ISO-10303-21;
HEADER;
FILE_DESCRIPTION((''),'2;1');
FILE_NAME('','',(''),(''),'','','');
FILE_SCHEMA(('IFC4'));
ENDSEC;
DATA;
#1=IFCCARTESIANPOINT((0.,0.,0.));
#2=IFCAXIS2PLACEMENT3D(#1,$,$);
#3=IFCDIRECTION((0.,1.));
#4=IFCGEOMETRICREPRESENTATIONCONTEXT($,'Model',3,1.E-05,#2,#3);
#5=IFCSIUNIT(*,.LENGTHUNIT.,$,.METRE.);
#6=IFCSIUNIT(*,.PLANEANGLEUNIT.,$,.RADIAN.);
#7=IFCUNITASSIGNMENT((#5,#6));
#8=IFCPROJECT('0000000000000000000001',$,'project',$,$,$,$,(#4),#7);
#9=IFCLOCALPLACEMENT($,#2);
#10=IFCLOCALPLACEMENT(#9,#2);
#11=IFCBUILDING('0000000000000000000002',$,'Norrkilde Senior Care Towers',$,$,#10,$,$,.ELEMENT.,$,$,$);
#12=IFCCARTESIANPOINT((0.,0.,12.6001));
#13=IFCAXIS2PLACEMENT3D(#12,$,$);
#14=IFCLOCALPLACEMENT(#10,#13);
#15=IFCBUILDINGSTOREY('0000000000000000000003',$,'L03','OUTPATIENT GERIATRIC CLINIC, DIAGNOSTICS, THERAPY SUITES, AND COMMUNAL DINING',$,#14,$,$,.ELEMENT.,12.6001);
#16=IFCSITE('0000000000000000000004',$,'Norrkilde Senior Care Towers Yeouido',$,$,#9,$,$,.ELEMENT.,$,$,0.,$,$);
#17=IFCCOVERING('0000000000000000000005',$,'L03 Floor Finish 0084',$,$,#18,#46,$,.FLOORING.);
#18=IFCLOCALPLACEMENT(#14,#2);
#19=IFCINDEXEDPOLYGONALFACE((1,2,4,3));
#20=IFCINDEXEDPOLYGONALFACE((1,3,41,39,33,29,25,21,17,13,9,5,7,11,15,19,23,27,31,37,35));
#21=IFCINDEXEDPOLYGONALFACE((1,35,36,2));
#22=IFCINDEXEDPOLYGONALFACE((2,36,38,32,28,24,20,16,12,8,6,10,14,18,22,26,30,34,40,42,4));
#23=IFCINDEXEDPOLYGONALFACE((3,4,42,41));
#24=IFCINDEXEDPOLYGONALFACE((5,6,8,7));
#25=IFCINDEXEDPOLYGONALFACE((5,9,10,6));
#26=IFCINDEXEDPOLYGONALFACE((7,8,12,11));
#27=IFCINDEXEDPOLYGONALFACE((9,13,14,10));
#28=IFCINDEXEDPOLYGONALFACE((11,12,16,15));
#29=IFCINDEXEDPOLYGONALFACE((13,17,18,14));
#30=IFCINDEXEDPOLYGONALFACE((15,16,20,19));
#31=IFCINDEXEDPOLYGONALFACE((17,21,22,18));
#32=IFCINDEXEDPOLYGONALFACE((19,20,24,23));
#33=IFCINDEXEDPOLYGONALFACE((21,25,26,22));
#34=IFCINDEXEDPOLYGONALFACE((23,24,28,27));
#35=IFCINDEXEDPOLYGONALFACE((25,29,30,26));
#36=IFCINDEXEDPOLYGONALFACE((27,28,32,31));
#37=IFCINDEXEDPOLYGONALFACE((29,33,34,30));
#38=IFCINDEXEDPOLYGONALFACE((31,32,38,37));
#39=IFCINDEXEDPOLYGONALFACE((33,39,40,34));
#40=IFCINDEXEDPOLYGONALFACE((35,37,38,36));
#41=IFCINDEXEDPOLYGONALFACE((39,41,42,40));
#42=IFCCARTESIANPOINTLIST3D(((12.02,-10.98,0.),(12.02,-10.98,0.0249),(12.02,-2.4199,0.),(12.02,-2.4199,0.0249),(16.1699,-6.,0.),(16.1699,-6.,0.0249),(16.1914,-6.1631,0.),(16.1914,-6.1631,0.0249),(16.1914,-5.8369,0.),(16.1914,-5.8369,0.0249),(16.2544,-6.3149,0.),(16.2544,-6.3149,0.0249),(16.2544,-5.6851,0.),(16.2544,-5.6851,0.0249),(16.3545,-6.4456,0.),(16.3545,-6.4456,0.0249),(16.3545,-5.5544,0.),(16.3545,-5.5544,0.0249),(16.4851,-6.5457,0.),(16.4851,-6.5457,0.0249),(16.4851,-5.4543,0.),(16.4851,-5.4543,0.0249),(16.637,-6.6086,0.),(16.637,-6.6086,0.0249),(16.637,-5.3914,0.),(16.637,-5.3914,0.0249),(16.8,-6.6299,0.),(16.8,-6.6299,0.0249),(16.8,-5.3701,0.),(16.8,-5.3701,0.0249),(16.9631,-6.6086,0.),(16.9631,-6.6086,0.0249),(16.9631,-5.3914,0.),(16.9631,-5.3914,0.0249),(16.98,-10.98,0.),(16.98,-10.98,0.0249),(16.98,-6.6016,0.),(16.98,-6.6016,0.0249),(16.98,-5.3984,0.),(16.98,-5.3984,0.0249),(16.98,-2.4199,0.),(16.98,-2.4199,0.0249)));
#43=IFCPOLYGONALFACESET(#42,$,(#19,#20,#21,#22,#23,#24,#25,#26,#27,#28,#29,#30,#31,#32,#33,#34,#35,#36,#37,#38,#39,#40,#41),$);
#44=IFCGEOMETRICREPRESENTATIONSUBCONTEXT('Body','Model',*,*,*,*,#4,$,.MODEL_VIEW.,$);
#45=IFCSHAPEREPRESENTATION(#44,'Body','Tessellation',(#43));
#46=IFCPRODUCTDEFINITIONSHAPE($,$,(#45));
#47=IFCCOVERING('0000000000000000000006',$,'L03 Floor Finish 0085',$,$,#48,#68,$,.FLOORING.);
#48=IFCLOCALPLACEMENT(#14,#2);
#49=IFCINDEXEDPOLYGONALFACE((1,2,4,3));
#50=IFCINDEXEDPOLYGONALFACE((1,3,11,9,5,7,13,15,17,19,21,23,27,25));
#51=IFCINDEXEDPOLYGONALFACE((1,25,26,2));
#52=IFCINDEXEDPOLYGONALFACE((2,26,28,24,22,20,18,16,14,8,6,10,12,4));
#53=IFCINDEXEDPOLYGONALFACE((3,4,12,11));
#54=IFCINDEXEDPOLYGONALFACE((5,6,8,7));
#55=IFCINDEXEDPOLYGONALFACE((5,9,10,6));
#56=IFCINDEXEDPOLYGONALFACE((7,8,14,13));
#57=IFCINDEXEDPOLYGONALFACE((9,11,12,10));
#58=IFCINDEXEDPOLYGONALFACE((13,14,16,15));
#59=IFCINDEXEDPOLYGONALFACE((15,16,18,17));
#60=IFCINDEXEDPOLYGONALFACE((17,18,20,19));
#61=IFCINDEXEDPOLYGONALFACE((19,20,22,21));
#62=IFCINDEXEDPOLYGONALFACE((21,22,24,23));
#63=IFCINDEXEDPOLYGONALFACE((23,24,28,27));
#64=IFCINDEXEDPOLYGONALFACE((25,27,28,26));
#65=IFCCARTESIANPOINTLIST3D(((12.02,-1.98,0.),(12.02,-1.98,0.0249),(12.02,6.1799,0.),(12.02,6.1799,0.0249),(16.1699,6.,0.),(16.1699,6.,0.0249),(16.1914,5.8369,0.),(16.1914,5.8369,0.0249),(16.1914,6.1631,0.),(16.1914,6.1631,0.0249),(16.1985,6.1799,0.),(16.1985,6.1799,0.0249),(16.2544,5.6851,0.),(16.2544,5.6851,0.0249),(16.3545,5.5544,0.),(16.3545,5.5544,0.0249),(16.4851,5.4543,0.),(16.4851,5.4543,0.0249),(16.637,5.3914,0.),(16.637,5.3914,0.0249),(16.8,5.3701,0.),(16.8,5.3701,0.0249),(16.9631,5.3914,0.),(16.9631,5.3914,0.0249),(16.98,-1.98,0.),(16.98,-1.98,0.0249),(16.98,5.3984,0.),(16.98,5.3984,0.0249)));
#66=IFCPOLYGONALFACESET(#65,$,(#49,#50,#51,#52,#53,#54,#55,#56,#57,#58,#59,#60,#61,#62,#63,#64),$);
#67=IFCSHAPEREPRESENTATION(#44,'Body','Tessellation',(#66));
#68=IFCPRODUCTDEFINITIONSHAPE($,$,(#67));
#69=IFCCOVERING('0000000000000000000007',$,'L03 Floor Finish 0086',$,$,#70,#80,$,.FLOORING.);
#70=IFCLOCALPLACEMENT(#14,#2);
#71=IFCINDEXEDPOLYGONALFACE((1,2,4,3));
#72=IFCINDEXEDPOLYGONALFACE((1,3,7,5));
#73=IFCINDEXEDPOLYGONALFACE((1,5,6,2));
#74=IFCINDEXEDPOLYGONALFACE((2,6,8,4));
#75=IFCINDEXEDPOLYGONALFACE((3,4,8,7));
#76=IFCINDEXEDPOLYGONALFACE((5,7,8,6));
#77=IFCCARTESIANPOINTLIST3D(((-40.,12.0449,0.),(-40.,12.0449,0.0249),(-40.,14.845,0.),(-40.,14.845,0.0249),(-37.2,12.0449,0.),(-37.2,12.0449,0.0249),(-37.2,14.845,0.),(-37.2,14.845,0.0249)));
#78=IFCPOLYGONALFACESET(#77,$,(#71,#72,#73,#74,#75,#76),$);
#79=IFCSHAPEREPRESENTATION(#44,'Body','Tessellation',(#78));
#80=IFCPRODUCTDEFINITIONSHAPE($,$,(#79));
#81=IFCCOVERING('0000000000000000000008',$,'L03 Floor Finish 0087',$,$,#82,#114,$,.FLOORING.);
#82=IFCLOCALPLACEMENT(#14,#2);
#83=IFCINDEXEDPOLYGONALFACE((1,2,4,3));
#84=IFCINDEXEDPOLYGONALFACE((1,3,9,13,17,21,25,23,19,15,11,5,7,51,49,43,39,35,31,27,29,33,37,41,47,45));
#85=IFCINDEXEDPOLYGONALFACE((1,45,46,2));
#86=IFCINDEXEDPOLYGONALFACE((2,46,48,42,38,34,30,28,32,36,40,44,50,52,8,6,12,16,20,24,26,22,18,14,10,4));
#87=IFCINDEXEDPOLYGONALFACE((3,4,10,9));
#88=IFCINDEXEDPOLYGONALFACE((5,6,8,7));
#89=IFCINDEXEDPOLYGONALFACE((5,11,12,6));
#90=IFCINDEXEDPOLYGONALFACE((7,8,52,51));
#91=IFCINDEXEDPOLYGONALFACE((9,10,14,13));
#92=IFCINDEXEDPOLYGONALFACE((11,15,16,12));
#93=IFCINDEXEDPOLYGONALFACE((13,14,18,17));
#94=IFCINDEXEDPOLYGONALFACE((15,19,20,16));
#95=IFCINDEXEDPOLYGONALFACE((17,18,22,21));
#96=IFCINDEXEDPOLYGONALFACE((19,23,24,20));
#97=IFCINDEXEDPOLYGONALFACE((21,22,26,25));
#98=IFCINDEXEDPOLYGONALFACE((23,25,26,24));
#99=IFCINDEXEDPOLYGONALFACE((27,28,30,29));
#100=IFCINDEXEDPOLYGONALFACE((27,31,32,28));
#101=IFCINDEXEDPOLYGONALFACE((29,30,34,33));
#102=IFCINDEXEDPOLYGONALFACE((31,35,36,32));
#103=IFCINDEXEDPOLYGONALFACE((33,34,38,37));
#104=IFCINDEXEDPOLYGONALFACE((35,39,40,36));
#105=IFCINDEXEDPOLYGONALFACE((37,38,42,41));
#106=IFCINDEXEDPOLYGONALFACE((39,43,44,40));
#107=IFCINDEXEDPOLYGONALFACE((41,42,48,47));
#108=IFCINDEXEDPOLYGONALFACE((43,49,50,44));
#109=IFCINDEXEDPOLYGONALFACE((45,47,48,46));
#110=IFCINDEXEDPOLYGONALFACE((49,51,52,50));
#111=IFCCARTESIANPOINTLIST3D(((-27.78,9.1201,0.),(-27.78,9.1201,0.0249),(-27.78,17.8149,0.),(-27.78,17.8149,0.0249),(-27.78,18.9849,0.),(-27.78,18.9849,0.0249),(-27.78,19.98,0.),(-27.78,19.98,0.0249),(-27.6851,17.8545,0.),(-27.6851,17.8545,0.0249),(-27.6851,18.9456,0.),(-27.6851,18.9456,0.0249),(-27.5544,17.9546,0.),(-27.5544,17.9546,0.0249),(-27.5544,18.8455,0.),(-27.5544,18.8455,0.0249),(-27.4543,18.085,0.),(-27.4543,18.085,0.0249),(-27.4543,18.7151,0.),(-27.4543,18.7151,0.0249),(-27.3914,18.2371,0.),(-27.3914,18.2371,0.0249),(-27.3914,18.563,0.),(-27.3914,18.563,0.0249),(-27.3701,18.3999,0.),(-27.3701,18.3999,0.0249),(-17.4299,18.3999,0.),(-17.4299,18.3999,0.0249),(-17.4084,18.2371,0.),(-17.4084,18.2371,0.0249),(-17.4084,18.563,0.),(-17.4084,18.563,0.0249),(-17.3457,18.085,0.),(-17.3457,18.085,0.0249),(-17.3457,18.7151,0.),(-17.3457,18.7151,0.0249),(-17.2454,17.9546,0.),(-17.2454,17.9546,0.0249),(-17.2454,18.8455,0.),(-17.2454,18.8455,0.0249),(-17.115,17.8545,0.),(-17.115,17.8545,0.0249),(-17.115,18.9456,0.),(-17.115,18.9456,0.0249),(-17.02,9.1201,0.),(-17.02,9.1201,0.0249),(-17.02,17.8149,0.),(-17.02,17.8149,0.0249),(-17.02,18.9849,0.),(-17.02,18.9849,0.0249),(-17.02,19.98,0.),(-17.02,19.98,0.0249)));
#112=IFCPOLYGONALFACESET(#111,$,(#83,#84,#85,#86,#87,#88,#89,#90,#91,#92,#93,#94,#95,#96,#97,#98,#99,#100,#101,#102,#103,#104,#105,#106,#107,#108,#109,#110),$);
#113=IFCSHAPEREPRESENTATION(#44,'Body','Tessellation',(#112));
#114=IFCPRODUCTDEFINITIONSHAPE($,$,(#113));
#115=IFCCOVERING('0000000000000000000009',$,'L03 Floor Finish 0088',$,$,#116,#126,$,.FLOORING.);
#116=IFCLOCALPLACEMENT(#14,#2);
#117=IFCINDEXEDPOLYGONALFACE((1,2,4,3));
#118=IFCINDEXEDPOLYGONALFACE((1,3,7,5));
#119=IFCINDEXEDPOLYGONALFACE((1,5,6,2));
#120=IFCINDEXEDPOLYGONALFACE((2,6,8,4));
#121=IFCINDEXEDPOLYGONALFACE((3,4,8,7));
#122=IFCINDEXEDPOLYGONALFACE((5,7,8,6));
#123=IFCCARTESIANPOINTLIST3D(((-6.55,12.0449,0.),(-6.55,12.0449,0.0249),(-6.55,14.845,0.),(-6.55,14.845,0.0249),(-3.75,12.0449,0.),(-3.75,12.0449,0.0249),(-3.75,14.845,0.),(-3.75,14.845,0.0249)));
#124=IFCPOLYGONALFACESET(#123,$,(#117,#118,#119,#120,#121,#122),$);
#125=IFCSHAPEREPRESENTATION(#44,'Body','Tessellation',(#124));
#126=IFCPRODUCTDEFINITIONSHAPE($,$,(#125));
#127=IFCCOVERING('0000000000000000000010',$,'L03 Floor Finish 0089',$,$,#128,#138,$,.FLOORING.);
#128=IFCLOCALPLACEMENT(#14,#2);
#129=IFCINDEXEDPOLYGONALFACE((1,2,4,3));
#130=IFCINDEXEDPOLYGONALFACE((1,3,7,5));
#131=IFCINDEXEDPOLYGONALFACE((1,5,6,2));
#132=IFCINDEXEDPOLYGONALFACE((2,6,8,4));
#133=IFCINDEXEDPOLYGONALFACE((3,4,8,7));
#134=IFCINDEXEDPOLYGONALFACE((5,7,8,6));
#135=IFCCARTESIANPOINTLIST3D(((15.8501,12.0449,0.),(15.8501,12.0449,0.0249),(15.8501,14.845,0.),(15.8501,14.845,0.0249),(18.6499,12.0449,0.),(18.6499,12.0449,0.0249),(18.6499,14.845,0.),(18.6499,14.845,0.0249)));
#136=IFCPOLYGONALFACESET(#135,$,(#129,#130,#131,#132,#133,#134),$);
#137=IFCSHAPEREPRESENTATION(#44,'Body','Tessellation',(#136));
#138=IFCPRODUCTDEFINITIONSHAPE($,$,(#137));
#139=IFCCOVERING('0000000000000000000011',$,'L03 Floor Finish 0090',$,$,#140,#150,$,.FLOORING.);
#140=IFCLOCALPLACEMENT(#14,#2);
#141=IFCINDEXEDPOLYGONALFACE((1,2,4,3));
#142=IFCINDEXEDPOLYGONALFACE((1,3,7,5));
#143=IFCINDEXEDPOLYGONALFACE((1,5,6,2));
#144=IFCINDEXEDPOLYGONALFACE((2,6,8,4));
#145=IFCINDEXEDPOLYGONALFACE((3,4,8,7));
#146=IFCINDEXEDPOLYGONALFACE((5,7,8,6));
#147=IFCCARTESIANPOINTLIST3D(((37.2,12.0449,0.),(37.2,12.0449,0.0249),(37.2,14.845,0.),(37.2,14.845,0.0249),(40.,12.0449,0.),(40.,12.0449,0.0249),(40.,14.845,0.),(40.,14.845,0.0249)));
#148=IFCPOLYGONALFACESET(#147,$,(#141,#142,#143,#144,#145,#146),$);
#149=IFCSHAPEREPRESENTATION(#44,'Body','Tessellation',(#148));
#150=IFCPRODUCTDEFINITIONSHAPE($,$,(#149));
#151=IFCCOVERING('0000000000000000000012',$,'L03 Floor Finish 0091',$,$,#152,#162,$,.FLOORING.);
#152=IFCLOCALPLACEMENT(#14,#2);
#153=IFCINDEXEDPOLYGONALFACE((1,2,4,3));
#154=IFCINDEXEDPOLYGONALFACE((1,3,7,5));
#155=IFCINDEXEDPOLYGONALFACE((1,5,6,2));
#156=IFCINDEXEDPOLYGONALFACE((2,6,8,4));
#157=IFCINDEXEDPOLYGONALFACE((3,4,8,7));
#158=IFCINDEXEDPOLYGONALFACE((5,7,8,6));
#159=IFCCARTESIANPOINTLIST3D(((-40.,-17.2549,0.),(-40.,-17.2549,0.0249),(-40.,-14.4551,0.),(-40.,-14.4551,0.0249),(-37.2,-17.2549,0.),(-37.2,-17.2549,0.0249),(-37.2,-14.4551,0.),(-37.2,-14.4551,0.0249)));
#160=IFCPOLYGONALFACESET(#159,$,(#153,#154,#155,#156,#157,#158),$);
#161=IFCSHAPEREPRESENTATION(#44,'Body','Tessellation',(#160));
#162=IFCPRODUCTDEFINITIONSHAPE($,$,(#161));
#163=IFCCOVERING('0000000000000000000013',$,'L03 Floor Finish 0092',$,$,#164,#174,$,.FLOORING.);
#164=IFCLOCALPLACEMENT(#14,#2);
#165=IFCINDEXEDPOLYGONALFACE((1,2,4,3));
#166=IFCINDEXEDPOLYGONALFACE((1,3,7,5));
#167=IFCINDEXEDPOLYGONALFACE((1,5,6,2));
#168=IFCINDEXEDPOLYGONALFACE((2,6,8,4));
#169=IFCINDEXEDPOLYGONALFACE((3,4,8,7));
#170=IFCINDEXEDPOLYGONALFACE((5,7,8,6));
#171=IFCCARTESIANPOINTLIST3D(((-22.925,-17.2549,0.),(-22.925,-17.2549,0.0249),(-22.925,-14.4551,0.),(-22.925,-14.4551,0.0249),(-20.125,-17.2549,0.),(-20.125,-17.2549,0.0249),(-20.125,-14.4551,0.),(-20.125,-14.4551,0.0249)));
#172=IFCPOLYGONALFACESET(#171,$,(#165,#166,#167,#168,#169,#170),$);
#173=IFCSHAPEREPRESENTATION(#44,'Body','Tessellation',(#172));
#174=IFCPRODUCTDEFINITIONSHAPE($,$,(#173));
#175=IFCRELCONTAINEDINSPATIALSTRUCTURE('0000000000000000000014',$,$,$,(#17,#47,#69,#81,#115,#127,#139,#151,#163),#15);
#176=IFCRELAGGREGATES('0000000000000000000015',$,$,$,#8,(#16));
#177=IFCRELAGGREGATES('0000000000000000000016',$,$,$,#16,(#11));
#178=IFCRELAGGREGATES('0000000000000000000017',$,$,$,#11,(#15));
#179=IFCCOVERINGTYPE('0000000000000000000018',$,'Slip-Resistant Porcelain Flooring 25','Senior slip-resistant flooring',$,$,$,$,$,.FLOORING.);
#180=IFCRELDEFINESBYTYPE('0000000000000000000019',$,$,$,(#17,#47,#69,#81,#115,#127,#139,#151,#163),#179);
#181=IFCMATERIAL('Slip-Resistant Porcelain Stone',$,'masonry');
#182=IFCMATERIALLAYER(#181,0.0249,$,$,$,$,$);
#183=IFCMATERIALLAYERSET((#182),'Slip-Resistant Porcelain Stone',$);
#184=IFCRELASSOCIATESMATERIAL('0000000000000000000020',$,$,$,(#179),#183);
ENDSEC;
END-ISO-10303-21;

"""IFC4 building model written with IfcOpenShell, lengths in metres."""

from ifc_helpers import new_model, si_unit, direction, frame, origin, place, context, subcontext, project, spatial, polyline, outline, extrude, material, layer, layer_set, type_object, element, save


model = new_model("IFC4")

# Units and contexts
model_context = context("Model", 3, precision=1e-05, world=origin(), true_north=direction((0.0, 1.0)))
body_context = subcontext(model_context, "Body", "Model", "MODEL_VIEW")
ifc_project = project(units=[si_unit("LENGTHUNIT", "METRE"), si_unit("PLANEANGLEUNIT", "RADIAN")], contexts=[model_context])

# Site, building, storey
site_placement = place(None, origin())
site = spatial("IfcSite", under=ifc_project, at=site_placement, Name="Norrkilde Senior Care Towers Yeouido", CompositionType="ELEMENT", RefElevation=0.0)
building_placement = place(site_placement, origin())
building = spatial("IfcBuilding", under=site, at=building_placement, Name="Norrkilde Senior Care Towers", CompositionType="ELEMENT")
storey_placement = place(building_placement, frame((0.0, 0.0, 12.6001)))
storey = spatial("IfcBuildingStorey", under=building, at=storey_placement, Name="L03", Description="OUTPATIENT GERIATRIC CLINIC, DIAGNOSTICS, THERAPY SUITES, AND COMMUNAL DINING", CompositionType="ELEMENT", Elevation=12.6001)

# Coverings
ifc_material_1 = material(Name="Slip-Resistant Porcelain Stone", Category="masonry")
ifc_layer_1 = layer(ifc_material_1, 0.0249)
ifc_layer_set_1 = layer_set([ifc_layer_1], Name="Slip-Resistant Porcelain Stone")
covering_type_1 = type_object("IfcCoveringType", Name="Slip-Resistant Porcelain Flooring 25", Description="Senior slip-resistant flooring", PredefinedType="FLOORING", material=ifc_layer_set_1)
covering_1_placement = place(storey_placement, origin())
element("IfcCovering", 1, at=covering_1_placement, inside=storey, type_object=covering_type_1, Name="L03 Floor Finish 0084", PredefinedType="FLOORING", context=body_context, shape_type="SweptSolid", body=[
    extrude(outline(polyline([(16.98, -5.3984), (16.9631, -5.3914), (16.8, -5.3701), (16.637, -5.3914), (16.4851, -5.4543), (16.3545, -5.5544), (16.2544, -5.6851), (16.1914, -5.8369), (16.1699, -6.0), (16.1914, -6.1631), (16.2544, -6.3149), (16.3545, -6.4456), (16.4851, -6.5457), (16.637, -6.6086), (16.8, -6.6299), (16.9631, -6.6086), (16.98, -6.6016), (16.98, -10.98), (12.02, -10.98), (12.02, -2.4199), (16.98, -2.4199), (16.98, -5.3984)])), origin(), (0.0, 0.0, 1.0), 0.0249),
])
covering_2_placement = place(storey_placement, origin())
element("IfcCovering", 2, at=covering_2_placement, inside=storey, type_object=covering_type_1, Name="L03 Floor Finish 0085", PredefinedType="FLOORING", context=body_context, shape_type="SweptSolid", body=[
    extrude(outline(polyline([(16.98, -1.98), (12.02, -1.98), (12.02, 6.1799), (16.1985, 6.1799), (16.1914, 6.1631), (16.1699, 6.0), (16.1914, 5.8369), (16.2544, 5.6851), (16.3545, 5.5544), (16.4851, 5.4543), (16.637, 5.3914), (16.8, 5.3701), (16.9631, 5.3914), (16.98, 5.3984), (16.98, -1.98)])), origin(), (0.0, 0.0, 1.0), 0.0249),
])
covering_3_placement = place(storey_placement, origin())
element("IfcCovering", 3, at=covering_3_placement, inside=storey, type_object=covering_type_1, Name="L03 Floor Finish 0086", PredefinedType="FLOORING", context=body_context, shape_type="SweptSolid", body=[
    extrude(outline(polyline([(-40.0, 12.0449), (-40.0, 14.845), (-37.2, 14.845), (-37.2, 12.0449), (-40.0, 12.0449)])), origin(), (0.0, 0.0, 1.0), 0.0249),
])
covering_4_placement = place(storey_placement, origin())
element("IfcCovering", 4, at=covering_4_placement, inside=storey, type_object=covering_type_1, Name="L03 Floor Finish 0087", PredefinedType="FLOORING", context=body_context, shape_type="SweptSolid", body=[
    extrude(outline(polyline([(-27.78, 9.1201), (-27.78, 17.8149), (-27.6851, 17.8545), (-27.5544, 17.9546), (-27.4543, 18.085), (-27.3914, 18.2371), (-27.3701, 18.3999), (-27.3914, 18.563), (-27.4543, 18.7151), (-27.5544, 18.8455), (-27.6851, 18.9456), (-27.78, 18.9849), (-27.78, 19.98), (-17.02, 19.98), (-17.02, 18.9849), (-17.115, 18.9456), (-17.2454, 18.8455), (-17.3457, 18.7151), (-17.4084, 18.563), (-17.4299, 18.3999), (-17.4084, 18.2371), (-17.3457, 18.085), (-17.2454, 17.9546), (-17.115, 17.8545), (-17.02, 17.8149), (-17.02, 9.1201), (-27.78, 9.1201)])), origin(), (0.0, 0.0, 1.0), 0.0249),
])
covering_5_placement = place(storey_placement, origin())
element("IfcCovering", 5, at=covering_5_placement, inside=storey, type_object=covering_type_1, Name="L03 Floor Finish 0088", PredefinedType="FLOORING", context=body_context, shape_type="SweptSolid", body=[
    extrude(outline(polyline([(-6.55, 12.0449), (-6.55, 14.845), (-3.75, 14.845), (-3.75, 12.0449), (-6.55, 12.0449)])), origin(), (0.0, 0.0, 1.0), 0.0249),
])
covering_6_placement = place(storey_placement, origin())
element("IfcCovering", 6, at=covering_6_placement, inside=storey, type_object=covering_type_1, Name="L03 Floor Finish 0089", PredefinedType="FLOORING", context=body_context, shape_type="SweptSolid", body=[
    extrude(outline(polyline([(15.8501, 12.0449), (15.8501, 14.845), (18.6499, 14.845), (18.6499, 12.0449), (15.8501, 12.0449)])), origin(), (0.0, 0.0, 1.0), 0.0249),
])
covering_7_placement = place(storey_placement, origin())
element("IfcCovering", 7, at=covering_7_placement, inside=storey, type_object=covering_type_1, Name="L03 Floor Finish 0090", PredefinedType="FLOORING", context=body_context, shape_type="SweptSolid", body=[
    extrude(outline(polyline([(37.2, 12.0449), (37.2, 14.845), (40.0, 14.845), (40.0, 12.0449), (37.2, 12.0449)])), origin(), (0.0, 0.0, 1.0), 0.0249),
])
covering_8_placement = place(storey_placement, origin())
element("IfcCovering", 8, at=covering_8_placement, inside=storey, type_object=covering_type_1, Name="L03 Floor Finish 0091", PredefinedType="FLOORING", context=body_context, shape_type="SweptSolid", body=[
    extrude(outline(polyline([(-40.0, -17.2549), (-40.0, -14.4551), (-37.2, -14.4551), (-37.2, -17.2549), (-40.0, -17.2549)])), origin(), (0.0, 0.0, 1.0), 0.0249),
])
covering_9_placement = place(storey_placement, origin())
element("IfcCovering", 9, at=covering_9_placement, inside=storey, type_object=covering_type_1, Name="L03 Floor Finish 0092", PredefinedType="FLOORING", context=body_context, shape_type="SweptSolid", body=[
    extrude(outline(polyline([(-22.925, -17.2549), (-22.925, -14.4551), (-20.125, -14.4551), (-20.125, -17.2549), (-22.925, -17.2549)])), origin(), (0.0, 0.0, 1.0), 0.0249),
])

save(model, "model.ifc")
